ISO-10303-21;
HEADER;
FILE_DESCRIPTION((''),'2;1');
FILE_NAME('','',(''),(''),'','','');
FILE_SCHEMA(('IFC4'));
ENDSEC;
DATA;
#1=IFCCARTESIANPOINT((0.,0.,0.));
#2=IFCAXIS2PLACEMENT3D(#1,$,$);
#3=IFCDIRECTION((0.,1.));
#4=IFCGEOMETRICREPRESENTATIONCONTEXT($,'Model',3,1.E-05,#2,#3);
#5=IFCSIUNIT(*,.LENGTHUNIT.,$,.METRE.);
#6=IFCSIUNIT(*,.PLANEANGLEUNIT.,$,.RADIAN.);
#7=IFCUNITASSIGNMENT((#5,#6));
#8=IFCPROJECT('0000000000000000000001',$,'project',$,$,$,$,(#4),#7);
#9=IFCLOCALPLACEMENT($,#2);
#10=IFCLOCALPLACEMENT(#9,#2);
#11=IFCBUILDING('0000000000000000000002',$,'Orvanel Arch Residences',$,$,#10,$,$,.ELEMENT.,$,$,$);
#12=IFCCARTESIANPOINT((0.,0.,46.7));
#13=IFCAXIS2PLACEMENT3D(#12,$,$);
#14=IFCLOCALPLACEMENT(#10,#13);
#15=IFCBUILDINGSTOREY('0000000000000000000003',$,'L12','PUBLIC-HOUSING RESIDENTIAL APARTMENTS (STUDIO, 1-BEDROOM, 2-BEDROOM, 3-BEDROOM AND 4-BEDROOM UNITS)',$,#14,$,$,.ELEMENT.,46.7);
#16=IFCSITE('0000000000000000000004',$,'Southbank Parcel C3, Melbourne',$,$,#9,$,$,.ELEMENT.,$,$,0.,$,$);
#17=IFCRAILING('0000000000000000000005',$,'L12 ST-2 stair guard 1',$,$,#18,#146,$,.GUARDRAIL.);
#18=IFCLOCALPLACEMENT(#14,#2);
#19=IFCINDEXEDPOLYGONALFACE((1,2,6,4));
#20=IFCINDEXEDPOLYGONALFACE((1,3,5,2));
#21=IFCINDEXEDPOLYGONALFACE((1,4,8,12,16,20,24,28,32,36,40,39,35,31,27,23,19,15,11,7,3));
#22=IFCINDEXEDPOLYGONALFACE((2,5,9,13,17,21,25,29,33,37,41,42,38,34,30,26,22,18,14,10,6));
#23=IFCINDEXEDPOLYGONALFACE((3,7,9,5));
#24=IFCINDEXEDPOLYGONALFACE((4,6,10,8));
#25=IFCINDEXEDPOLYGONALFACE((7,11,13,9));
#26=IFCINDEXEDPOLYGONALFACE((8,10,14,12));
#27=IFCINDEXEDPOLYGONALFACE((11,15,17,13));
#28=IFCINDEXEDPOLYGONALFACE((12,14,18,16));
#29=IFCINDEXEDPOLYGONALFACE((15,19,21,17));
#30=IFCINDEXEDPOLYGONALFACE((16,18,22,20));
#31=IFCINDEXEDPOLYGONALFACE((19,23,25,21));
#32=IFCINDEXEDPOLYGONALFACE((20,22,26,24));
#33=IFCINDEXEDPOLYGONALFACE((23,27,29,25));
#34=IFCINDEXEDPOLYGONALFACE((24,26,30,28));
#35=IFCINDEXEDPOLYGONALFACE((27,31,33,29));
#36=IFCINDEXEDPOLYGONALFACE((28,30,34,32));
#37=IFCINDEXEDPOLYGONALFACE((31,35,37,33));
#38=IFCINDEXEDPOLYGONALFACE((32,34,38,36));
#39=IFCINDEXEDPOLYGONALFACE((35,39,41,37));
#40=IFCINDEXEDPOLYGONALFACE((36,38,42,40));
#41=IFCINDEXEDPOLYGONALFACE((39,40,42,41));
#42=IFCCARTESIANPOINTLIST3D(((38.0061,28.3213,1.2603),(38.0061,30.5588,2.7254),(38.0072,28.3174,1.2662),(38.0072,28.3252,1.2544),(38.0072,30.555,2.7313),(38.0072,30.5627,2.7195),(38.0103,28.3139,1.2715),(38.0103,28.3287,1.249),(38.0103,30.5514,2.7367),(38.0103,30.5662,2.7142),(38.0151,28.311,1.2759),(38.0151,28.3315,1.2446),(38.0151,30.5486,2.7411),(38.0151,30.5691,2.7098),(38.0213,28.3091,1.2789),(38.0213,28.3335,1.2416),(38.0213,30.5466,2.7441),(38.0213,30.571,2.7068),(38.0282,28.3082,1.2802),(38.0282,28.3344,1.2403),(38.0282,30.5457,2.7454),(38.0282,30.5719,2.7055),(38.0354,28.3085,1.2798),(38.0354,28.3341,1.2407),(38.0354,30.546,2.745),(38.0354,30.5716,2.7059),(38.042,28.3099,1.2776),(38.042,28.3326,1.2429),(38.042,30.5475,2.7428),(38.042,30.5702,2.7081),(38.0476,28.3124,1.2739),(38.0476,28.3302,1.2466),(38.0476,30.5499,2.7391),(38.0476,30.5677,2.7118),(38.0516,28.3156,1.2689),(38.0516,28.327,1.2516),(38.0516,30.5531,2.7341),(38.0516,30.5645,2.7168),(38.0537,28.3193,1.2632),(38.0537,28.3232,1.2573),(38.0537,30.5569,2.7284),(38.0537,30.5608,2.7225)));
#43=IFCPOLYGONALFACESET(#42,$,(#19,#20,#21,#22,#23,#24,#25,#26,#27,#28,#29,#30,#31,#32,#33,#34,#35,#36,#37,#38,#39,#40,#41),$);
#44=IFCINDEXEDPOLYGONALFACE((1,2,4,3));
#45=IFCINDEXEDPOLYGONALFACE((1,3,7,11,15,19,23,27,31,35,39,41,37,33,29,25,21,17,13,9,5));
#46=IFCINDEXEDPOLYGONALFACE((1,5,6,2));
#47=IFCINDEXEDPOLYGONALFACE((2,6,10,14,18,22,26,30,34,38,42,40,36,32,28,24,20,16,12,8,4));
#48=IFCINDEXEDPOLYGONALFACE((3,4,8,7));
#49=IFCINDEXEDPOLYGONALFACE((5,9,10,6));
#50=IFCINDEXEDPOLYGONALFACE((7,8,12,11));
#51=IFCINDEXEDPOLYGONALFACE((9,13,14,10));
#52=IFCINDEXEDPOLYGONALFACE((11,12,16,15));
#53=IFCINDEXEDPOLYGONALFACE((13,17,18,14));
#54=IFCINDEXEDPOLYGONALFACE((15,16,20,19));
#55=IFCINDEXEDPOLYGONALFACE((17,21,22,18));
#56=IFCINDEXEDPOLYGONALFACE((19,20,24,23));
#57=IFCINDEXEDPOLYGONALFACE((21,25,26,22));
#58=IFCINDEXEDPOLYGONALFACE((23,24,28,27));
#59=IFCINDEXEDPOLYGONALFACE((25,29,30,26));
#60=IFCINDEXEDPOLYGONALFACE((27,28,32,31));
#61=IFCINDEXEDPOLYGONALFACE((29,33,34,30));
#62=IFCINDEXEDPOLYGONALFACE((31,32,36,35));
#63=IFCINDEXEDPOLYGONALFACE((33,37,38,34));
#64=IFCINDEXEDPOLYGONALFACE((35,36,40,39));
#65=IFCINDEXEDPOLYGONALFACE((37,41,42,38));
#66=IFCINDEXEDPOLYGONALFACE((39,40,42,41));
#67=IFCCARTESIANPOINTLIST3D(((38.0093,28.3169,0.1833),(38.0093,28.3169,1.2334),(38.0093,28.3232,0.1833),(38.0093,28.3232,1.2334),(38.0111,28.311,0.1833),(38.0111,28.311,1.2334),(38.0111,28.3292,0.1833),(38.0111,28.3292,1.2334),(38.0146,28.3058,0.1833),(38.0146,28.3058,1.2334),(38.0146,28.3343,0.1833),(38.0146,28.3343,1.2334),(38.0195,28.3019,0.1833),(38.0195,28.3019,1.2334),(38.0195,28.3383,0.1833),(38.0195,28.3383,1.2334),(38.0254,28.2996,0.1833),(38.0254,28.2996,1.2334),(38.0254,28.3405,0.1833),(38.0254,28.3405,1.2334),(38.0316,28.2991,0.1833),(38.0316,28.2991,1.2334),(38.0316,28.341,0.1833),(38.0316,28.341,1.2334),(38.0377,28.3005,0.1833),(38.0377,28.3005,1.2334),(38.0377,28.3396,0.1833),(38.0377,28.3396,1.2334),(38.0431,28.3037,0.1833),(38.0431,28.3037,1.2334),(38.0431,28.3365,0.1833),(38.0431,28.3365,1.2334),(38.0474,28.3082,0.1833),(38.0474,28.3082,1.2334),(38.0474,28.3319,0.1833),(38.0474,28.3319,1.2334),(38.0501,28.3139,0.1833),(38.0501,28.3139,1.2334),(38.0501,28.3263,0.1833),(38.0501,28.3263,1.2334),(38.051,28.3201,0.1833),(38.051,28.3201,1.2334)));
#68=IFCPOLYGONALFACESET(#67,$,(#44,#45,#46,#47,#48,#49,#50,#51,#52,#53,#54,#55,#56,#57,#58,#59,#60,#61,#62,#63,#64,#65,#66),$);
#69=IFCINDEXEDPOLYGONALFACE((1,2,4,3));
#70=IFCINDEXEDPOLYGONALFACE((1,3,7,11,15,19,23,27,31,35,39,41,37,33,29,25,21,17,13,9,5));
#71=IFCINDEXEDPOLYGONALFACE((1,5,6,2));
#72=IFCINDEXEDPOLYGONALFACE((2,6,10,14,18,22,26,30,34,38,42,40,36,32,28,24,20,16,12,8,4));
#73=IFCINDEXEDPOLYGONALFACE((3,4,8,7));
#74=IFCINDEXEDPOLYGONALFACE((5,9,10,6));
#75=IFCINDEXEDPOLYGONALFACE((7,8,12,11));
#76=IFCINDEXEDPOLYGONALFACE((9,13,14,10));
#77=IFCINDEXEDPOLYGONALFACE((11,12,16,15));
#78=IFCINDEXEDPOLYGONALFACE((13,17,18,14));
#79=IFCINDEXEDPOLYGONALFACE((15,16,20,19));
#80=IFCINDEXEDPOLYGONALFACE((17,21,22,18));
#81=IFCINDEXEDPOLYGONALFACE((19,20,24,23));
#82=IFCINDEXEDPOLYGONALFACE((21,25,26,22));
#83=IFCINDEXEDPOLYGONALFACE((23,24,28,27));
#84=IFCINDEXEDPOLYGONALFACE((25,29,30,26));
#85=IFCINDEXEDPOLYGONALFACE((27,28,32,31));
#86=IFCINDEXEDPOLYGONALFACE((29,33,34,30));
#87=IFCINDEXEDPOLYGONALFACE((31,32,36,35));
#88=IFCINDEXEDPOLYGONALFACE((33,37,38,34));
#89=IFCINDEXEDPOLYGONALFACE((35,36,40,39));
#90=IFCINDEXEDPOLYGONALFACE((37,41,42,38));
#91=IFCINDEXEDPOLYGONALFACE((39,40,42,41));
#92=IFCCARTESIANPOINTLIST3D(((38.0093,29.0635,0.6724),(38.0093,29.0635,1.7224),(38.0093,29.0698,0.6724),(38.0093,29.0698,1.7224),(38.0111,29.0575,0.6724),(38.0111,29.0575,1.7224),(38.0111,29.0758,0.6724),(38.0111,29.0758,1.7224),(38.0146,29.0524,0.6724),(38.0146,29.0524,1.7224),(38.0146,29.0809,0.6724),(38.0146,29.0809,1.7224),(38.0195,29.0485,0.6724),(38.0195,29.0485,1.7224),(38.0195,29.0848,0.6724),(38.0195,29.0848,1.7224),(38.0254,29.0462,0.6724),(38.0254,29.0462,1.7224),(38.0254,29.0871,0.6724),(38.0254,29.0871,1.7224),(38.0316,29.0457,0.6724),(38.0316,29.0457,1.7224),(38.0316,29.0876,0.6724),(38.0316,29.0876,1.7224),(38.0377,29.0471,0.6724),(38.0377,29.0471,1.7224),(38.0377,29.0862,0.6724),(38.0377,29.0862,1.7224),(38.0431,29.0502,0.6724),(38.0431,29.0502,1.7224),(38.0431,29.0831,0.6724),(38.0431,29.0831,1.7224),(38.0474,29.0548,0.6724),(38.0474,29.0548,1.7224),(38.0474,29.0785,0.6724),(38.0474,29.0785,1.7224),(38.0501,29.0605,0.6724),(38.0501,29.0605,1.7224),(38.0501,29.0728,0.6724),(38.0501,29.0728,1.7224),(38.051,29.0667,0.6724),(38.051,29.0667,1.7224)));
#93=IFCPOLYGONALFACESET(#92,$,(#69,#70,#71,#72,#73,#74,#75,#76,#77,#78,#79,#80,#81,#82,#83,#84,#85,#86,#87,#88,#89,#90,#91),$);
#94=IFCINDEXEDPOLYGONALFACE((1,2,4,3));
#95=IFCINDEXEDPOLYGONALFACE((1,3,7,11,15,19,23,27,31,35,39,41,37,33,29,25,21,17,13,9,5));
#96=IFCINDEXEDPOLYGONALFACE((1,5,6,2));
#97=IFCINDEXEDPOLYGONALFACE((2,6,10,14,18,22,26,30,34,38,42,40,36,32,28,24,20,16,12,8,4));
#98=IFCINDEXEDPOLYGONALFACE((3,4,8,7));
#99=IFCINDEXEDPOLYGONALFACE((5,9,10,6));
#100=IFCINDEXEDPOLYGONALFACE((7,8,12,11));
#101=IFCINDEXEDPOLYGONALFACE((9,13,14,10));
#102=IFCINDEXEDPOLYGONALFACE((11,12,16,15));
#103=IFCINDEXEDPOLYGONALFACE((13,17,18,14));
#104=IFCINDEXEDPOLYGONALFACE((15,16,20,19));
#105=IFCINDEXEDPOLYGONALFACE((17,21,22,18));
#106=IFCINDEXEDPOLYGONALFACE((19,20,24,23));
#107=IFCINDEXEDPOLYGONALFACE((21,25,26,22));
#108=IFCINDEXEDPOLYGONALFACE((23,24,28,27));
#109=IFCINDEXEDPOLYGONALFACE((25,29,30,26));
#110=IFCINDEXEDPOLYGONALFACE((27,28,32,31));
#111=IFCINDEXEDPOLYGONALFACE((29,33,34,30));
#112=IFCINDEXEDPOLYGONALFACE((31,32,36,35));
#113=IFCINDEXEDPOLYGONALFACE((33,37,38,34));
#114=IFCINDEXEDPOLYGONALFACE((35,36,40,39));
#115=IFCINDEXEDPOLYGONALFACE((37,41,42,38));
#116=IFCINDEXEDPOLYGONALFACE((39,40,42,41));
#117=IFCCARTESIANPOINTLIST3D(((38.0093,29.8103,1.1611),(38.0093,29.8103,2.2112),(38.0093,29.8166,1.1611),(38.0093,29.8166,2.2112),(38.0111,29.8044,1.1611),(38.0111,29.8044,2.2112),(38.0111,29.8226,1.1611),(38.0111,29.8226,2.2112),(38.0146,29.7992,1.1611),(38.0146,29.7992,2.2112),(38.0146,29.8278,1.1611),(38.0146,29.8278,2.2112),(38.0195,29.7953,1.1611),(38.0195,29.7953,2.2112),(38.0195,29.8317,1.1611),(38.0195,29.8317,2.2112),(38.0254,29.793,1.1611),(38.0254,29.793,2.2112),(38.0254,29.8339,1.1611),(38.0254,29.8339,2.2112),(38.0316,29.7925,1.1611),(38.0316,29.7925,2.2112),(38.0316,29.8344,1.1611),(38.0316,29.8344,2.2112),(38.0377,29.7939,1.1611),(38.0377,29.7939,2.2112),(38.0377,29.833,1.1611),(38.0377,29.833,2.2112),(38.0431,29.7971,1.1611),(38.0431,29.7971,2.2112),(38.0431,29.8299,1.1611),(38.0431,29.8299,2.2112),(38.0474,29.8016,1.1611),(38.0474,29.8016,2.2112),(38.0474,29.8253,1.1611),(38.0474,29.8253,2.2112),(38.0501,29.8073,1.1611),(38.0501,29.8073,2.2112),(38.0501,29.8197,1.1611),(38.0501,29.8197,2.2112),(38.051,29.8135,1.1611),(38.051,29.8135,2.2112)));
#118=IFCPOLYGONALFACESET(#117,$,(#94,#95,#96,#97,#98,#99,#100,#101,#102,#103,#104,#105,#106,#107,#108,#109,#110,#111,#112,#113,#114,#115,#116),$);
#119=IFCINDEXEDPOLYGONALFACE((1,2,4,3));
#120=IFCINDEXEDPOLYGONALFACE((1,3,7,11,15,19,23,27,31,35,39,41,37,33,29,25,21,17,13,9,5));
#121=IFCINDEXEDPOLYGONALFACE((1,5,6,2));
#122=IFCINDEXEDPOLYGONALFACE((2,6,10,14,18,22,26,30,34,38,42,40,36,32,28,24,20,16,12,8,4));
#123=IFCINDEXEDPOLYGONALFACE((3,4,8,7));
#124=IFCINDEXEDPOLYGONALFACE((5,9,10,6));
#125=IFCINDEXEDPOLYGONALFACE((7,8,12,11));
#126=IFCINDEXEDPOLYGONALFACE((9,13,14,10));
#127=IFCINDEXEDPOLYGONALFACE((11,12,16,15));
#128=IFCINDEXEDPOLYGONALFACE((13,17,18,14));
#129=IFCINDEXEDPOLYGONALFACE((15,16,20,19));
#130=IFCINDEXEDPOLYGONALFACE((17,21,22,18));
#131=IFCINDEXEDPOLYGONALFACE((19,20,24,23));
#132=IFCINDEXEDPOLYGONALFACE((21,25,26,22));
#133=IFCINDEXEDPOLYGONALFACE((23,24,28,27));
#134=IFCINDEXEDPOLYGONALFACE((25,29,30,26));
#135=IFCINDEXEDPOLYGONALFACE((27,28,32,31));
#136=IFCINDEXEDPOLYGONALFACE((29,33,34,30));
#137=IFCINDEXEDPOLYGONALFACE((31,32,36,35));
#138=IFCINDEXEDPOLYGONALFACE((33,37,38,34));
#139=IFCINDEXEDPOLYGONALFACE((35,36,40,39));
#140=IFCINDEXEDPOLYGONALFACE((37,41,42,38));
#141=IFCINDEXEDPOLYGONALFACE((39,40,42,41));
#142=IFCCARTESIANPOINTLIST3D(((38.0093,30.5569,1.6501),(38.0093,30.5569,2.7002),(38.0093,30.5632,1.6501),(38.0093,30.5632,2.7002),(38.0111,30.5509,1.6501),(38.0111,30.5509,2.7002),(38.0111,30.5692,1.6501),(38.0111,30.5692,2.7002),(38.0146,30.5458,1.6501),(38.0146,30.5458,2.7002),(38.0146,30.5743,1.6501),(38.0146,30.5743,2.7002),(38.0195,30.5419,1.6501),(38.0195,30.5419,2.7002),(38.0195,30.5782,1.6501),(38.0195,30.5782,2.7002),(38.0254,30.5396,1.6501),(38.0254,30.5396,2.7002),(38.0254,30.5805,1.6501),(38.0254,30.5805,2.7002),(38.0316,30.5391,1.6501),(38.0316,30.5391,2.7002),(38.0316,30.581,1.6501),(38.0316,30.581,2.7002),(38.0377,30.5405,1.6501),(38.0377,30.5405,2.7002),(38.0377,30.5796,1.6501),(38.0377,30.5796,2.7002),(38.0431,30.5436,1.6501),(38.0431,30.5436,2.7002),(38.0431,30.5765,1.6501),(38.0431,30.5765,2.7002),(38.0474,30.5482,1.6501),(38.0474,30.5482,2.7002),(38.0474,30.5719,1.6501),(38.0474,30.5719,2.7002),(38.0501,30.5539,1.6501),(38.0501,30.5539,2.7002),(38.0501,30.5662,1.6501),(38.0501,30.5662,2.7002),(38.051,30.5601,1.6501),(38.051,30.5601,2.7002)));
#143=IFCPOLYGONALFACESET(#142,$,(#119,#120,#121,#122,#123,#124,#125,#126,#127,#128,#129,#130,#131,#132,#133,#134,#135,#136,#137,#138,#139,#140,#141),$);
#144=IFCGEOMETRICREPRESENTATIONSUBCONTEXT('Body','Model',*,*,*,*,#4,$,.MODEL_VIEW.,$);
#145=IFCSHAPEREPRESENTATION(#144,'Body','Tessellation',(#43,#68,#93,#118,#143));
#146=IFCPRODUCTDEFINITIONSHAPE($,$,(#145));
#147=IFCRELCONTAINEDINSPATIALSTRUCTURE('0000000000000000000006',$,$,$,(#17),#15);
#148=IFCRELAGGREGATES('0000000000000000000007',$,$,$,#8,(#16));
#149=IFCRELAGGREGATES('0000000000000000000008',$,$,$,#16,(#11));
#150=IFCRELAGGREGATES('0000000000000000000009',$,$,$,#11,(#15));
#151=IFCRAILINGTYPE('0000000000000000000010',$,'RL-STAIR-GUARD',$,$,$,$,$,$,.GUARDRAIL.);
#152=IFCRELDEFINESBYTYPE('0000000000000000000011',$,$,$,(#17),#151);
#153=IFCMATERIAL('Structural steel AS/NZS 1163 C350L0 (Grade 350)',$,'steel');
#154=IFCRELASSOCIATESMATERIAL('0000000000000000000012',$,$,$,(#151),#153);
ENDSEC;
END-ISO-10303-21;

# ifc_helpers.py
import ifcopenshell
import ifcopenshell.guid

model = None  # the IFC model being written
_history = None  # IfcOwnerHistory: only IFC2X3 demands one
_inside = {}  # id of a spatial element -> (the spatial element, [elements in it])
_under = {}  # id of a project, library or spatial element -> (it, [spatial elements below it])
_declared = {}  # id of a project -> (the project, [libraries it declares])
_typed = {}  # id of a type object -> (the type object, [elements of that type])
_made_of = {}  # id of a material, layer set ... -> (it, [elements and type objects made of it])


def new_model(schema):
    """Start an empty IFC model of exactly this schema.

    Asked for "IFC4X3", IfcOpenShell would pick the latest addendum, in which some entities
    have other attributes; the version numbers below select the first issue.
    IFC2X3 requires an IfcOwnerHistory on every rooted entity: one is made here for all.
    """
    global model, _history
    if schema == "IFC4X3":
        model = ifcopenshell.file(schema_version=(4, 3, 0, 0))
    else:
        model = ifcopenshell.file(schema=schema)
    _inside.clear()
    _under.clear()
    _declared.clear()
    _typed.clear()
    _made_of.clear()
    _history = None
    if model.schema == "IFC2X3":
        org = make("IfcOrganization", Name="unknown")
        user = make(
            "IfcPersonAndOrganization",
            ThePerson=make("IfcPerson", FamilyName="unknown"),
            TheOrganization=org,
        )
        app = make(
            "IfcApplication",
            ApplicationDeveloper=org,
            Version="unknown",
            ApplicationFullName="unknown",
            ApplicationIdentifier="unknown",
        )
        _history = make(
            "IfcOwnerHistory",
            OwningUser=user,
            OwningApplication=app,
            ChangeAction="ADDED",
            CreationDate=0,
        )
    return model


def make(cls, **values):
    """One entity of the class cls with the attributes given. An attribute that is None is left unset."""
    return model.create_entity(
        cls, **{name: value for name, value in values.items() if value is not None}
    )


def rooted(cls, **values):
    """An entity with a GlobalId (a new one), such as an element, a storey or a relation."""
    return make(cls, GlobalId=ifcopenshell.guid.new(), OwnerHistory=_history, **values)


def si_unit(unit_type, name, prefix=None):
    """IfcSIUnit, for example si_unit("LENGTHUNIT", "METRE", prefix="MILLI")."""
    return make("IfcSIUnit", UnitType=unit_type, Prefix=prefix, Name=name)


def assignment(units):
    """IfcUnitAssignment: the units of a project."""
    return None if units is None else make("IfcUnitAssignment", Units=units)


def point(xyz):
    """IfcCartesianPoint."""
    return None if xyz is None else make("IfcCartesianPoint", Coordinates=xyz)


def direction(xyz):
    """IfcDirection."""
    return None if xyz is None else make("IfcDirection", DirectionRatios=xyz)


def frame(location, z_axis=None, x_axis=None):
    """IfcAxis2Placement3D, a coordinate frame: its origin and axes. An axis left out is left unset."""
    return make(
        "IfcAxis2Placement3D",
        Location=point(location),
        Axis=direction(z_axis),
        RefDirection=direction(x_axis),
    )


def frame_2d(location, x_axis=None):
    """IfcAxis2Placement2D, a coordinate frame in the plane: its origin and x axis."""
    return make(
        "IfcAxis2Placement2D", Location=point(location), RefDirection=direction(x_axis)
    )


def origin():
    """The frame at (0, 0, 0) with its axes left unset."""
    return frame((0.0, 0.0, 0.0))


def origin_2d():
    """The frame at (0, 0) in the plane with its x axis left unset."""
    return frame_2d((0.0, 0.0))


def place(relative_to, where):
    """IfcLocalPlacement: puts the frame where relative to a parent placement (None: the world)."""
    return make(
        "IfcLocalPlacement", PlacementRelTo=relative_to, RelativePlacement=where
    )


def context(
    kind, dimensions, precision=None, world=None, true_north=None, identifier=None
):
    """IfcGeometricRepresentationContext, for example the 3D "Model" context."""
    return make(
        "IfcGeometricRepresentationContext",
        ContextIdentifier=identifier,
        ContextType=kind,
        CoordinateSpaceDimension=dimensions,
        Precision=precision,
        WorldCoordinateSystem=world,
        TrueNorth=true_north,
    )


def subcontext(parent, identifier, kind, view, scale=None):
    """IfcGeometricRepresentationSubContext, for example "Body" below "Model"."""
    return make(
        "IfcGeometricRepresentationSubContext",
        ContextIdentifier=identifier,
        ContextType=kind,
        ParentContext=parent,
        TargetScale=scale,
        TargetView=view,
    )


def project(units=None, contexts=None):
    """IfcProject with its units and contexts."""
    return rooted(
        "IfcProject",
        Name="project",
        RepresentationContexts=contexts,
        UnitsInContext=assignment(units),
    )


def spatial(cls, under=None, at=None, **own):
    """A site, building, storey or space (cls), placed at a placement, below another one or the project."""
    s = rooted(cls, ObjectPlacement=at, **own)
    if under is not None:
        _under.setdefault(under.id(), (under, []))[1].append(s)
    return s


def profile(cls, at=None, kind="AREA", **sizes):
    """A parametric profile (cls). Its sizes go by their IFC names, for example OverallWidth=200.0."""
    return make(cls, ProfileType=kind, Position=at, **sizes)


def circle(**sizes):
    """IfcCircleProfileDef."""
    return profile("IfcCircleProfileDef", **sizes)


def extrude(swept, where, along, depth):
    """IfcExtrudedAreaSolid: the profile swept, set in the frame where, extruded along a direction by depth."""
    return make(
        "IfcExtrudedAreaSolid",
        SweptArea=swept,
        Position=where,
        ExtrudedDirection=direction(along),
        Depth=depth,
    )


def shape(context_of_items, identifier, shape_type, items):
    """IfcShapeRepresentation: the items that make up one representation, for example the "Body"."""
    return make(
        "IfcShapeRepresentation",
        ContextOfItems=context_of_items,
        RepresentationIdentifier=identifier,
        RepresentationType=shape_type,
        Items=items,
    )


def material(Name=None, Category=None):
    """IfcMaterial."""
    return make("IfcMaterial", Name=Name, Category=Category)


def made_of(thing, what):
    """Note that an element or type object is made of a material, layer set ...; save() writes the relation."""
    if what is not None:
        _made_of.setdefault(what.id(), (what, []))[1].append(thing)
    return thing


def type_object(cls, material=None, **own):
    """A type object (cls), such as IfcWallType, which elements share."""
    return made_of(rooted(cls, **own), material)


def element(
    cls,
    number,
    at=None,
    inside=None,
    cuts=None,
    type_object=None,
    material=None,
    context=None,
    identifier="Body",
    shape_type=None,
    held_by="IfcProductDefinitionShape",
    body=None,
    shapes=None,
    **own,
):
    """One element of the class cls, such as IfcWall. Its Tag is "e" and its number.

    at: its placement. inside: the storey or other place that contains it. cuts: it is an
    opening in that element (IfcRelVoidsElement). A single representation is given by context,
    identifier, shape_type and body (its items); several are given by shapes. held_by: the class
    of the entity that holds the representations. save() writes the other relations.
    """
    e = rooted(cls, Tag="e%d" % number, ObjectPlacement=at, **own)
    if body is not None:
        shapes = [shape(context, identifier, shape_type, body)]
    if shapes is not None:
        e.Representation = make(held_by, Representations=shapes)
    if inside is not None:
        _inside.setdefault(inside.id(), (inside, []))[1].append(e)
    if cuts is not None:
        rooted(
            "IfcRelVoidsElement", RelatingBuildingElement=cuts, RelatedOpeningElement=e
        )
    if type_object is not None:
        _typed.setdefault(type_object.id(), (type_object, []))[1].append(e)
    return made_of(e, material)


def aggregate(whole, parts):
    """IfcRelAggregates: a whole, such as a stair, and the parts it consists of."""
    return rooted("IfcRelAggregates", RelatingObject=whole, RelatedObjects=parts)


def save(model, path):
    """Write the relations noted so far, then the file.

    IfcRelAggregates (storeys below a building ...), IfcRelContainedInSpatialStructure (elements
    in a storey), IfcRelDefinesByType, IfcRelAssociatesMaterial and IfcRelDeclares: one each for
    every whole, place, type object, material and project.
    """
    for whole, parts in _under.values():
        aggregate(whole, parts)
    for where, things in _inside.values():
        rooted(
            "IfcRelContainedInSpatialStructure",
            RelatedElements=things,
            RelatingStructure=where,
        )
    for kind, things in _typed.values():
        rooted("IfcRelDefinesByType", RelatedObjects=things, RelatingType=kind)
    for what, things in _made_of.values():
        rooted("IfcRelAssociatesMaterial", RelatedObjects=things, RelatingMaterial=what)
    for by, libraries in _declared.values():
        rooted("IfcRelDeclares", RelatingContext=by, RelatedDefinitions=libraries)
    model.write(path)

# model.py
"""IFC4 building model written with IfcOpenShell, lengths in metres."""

from ifc_helpers import new_model, si_unit, direction, frame, origin, origin_2d, place, context, subcontext, project, spatial, circle, extrude, material, type_object, element, save


model = new_model("IFC4")

# Units and contexts
model_context = context("Model", 3, precision=1e-05, world=origin(), true_north=direction((0.0, 1.0)))
body_context = subcontext(model_context, "Body", "Model", "MODEL_VIEW")
ifc_project = project(units=[si_unit("LENGTHUNIT", "METRE"), si_unit("PLANEANGLEUNIT", "RADIAN")], contexts=[model_context])

# Site, building, storey
site_placement = place(None, origin())
site = spatial("IfcSite", under=ifc_project, at=site_placement, Name="Southbank Parcel C3, Melbourne", CompositionType="ELEMENT", RefElevation=0.0)
building_placement = place(site_placement, origin())
building = spatial("IfcBuilding", under=site, at=building_placement, Name="Orvanel Arch Residences", CompositionType="ELEMENT")
storey_placement = place(building_placement, frame((0.0, 0.0, 46.7)))
storey = spatial("IfcBuildingStorey", under=building, at=storey_placement, Name="L12", Description="PUBLIC-HOUSING RESIDENTIAL APARTMENTS (STUDIO, 1-BEDROOM, 2-BEDROOM, 3-BEDROOM AND 4-BEDROOM UNITS)", CompositionType="ELEMENT", Elevation=46.7)

# Railing
ifc_material_1 = material(Name="Structural steel AS/NZS 1163 C350L0 (Grade 350)", Category="steel")
railing_type_1 = type_object("IfcRailingType", Name="RL-STAIR-GUARD", PredefinedType="GUARDRAIL", material=ifc_material_1)
railing_1_placement = place(storey_placement, frame((38.03, 28.3201, 0.1833)))
element("IfcRailing", 1, at=railing_1_placement, inside=storey, type_object=railing_type_1, Name="L12 ST-2 stair guard 1", PredefinedType="GUARDRAIL", context=body_context, shape_type="SweptSolid", body=[
    extrude(circle(Radius=0.0239, at=origin_2d()), frame((0.0, 0.0012, 1.0769), z_axis=(0.0, 0.836595, 0.547822), x_axis=(-1.0, 0.0, 0.0)), (0.0, 0.0, 1.0), 2.6746),
    extrude(circle(Radius=0.021, at=origin_2d()), origin(), (0.0, 0.0, 1.0), 1.05),
    extrude(circle(Radius=0.021, at=origin_2d()), frame((0.0, 0.7466, 0.489)), (0.0, 0.0, 1.0), 1.05),
    extrude(circle(Radius=0.021, at=origin_2d()), frame((0.0, 1.4934, 0.9778)), (0.0, 0.0, 1.0), 1.05),
    extrude(circle(Radius=0.021, at=origin_2d()), frame((0.0, 2.24, 1.4668)), (0.0, 0.0, 1.0), 1.05),
])

save(model, "model.ifc")
